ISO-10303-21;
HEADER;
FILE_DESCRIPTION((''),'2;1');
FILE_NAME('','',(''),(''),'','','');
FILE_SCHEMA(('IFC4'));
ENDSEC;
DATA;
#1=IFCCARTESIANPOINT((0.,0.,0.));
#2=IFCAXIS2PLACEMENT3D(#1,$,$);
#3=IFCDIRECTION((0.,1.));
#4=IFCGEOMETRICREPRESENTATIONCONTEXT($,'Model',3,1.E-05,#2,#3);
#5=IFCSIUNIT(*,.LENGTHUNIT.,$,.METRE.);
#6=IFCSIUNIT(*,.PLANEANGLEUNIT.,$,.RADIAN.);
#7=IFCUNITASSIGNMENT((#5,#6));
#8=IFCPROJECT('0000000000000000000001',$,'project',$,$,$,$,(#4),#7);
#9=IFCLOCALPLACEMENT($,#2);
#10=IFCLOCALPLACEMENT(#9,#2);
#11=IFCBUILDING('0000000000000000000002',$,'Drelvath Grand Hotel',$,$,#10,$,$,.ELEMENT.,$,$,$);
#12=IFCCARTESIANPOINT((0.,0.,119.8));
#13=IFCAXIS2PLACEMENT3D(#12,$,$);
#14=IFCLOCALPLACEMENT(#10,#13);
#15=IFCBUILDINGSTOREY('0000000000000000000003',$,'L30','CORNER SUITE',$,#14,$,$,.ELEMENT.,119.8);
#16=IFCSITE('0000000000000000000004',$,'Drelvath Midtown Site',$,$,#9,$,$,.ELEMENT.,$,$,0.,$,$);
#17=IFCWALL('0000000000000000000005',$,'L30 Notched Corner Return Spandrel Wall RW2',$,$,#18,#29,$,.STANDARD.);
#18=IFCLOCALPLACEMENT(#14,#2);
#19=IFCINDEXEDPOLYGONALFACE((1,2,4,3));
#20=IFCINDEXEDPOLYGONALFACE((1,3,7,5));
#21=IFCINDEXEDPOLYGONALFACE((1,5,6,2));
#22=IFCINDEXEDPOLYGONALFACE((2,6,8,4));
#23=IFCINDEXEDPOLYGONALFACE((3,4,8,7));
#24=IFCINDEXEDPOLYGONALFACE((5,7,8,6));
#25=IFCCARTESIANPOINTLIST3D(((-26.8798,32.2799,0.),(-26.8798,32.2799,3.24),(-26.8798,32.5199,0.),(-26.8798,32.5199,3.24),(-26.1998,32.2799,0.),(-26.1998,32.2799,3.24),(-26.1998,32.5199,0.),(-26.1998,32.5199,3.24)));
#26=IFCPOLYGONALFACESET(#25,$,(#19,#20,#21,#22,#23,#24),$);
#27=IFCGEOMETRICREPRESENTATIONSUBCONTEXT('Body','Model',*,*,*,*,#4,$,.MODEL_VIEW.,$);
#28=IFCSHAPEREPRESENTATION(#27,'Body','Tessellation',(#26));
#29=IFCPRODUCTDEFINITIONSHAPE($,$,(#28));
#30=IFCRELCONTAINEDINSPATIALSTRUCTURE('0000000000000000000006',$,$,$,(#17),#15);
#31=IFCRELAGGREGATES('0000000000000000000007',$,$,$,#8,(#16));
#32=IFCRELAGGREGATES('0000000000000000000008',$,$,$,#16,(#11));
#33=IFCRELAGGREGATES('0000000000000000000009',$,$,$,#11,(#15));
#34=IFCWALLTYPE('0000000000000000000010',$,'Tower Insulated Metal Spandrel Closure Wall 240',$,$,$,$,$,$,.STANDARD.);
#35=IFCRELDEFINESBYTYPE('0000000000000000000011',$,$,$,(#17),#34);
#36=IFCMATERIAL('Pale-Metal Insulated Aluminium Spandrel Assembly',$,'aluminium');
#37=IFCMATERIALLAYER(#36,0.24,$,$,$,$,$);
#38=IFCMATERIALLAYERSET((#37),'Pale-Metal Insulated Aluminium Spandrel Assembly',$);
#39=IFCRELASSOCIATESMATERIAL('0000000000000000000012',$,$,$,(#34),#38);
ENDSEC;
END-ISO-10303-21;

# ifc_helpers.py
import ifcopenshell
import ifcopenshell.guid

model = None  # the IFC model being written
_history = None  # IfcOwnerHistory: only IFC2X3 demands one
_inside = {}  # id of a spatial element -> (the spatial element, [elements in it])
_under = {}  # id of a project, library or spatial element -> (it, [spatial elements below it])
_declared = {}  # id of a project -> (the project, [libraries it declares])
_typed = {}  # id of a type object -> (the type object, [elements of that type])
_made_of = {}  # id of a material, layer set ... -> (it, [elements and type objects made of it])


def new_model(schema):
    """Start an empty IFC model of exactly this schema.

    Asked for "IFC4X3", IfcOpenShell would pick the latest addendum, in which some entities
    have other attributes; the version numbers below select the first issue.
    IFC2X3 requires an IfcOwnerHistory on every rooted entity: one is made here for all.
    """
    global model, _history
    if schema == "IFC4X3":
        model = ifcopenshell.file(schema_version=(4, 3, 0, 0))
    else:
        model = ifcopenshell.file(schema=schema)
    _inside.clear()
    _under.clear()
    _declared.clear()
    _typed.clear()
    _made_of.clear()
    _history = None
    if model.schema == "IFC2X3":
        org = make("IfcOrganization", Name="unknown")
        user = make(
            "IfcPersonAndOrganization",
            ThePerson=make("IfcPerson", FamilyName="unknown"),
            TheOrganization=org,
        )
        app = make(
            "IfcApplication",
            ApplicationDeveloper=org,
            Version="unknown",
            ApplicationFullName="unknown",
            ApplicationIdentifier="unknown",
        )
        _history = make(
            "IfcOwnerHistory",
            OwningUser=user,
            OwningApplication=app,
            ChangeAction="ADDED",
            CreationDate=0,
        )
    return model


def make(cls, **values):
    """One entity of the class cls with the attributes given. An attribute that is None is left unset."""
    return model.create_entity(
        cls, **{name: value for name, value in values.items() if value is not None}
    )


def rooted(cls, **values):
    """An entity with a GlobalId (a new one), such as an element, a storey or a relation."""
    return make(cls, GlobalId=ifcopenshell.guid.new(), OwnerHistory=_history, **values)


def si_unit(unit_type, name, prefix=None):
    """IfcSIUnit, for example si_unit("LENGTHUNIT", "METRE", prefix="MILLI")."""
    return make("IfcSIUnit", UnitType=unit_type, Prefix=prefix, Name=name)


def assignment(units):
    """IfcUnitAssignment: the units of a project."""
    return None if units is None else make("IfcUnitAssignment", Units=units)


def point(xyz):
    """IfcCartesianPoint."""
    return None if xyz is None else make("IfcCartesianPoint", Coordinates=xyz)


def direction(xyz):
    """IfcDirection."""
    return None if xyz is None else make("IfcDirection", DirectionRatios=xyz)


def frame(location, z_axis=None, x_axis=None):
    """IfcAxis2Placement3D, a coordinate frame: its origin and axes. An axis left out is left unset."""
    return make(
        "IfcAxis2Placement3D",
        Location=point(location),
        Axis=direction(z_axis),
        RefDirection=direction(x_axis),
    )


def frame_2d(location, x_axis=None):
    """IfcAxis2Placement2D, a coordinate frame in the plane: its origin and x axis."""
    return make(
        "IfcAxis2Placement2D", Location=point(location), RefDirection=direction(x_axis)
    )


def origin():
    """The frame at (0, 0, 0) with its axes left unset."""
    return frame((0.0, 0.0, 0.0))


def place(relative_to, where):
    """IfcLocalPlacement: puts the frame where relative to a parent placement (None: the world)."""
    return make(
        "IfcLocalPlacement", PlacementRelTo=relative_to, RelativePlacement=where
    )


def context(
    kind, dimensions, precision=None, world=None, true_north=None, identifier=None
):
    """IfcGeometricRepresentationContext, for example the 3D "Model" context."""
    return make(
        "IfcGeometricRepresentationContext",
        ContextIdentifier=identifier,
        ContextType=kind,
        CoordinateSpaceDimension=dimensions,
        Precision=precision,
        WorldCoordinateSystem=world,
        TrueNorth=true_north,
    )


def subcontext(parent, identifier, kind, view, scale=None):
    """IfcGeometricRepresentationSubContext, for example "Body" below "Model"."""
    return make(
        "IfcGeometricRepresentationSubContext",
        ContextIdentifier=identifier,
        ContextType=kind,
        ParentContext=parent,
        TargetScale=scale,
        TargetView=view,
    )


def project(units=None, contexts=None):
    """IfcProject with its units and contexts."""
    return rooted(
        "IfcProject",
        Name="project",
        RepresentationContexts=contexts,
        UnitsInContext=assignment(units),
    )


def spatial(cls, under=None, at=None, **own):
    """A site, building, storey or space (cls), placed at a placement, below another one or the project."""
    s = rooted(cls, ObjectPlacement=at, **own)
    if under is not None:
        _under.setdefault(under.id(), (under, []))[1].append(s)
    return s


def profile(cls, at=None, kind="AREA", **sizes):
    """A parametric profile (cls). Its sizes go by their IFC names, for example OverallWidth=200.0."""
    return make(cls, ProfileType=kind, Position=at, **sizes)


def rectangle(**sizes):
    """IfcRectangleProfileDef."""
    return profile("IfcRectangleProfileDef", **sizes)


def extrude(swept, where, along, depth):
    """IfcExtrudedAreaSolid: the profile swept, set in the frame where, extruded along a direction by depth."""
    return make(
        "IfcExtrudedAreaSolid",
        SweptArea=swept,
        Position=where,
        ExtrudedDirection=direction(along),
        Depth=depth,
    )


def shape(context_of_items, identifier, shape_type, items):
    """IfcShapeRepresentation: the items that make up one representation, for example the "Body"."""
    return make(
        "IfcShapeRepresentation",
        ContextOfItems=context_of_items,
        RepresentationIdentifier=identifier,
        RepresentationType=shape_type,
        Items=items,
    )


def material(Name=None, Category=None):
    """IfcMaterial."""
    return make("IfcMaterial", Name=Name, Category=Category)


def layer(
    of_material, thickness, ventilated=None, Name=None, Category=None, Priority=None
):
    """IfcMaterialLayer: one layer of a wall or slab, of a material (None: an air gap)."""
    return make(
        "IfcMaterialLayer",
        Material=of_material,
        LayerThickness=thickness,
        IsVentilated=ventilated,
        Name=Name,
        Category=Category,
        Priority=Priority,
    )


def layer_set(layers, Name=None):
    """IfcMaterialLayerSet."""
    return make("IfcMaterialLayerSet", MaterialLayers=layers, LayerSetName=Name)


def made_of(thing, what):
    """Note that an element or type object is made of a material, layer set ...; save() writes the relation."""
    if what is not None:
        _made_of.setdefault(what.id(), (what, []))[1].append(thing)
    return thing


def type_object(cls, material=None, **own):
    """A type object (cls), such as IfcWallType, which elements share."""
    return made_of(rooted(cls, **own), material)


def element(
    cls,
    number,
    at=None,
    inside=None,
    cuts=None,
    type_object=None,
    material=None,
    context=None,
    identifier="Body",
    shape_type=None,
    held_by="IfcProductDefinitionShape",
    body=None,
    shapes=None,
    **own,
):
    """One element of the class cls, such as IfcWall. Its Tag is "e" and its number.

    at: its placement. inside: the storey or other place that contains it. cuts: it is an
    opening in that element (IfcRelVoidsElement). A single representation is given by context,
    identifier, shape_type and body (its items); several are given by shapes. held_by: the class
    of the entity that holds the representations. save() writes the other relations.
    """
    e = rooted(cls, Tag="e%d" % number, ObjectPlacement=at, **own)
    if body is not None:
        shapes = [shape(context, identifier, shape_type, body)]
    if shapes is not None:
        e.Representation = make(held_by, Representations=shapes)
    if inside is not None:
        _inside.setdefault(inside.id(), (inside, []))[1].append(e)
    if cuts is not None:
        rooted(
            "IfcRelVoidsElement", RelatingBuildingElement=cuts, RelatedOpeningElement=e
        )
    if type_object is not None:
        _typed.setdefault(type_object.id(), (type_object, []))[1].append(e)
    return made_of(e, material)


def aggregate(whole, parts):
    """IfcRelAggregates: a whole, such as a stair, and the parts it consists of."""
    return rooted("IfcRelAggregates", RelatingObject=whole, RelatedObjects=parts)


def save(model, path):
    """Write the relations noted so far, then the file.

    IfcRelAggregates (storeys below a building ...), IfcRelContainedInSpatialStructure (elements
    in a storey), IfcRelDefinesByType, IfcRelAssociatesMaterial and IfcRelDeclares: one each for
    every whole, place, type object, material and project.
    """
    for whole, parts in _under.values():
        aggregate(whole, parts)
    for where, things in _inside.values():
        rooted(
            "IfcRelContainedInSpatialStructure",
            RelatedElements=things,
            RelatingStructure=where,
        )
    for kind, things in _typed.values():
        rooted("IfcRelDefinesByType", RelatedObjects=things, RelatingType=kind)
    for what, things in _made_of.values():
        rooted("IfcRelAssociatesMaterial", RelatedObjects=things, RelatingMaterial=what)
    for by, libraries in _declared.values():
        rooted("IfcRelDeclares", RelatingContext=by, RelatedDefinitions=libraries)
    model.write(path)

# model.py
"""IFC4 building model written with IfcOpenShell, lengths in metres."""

from ifc_helpers import new_model, si_unit, direction, frame, frame_2d, origin, place, context, subcontext, project, spatial, rectangle, extrude, material, layer, layer_set, type_object, element, save


model = new_model("IFC4")

# Units and contexts
model_context = context("Model", 3, precision=1e-05, world=origin(), true_north=direction((0.0, 1.0)))
body_context = subcontext(model_context, "Body", "Model", "MODEL_VIEW")
ifc_project = project(units=[si_unit("LENGTHUNIT", "METRE"), si_unit("PLANEANGLEUNIT", "RADIAN")], contexts=[model_context])

# Site, building, storey
site_placement = place(None, origin())
site = spatial("IfcSite", under=ifc_project, at=site_placement, Name="Drelvath Midtown Site", CompositionType="ELEMENT", RefElevation=0.0)
building_placement = place(site_placement, origin())
building = spatial("IfcBuilding", under=site, at=building_placement, Name="Drelvath Grand Hotel", CompositionType="ELEMENT")
storey_placement = place(building_placement, frame((0.0, 0.0, 119.8)))
storey = spatial("IfcBuildingStorey", under=building, at=storey_placement, Name="L30", Description="CORNER SUITE", CompositionType="ELEMENT", Elevation=119.8)

# Wall
ifc_material_1 = material(Name="Pale-Metal Insulated Aluminium Spandrel Assembly", Category="aluminium")
ifc_layer_1 = layer(ifc_material_1, 0.24)
ifc_layer_set_1 = layer_set([ifc_layer_1], Name="Pale-Metal Insulated Aluminium Spandrel Assembly")
wall_type_1 = type_object("IfcWallType", Name="Tower Insulated Metal Spandrel Closure Wall 240", PredefinedType="STANDARD", material=ifc_layer_set_1)
wall_1_placement = place(storey_placement, frame((-26.2, 32.3999, 0.0), z_axis=(0.0, 0.0, 1.0), x_axis=(-1.0, 0.0, 0.0)))
element("IfcWall", 1, at=wall_1_placement, inside=storey, type_object=wall_type_1, Name="L30 Notched Corner Return Spandrel Wall RW2", PredefinedType="STANDARD", context=body_context, shape_type="SweptSolid", body=[
    extrude(rectangle(XDim=0.6799, YDim=0.24, at=frame_2d((0.3398, 0.0))), origin(), (0.0, 0.0, 1.0), 3.24),
])

save(model, "model.ifc")
